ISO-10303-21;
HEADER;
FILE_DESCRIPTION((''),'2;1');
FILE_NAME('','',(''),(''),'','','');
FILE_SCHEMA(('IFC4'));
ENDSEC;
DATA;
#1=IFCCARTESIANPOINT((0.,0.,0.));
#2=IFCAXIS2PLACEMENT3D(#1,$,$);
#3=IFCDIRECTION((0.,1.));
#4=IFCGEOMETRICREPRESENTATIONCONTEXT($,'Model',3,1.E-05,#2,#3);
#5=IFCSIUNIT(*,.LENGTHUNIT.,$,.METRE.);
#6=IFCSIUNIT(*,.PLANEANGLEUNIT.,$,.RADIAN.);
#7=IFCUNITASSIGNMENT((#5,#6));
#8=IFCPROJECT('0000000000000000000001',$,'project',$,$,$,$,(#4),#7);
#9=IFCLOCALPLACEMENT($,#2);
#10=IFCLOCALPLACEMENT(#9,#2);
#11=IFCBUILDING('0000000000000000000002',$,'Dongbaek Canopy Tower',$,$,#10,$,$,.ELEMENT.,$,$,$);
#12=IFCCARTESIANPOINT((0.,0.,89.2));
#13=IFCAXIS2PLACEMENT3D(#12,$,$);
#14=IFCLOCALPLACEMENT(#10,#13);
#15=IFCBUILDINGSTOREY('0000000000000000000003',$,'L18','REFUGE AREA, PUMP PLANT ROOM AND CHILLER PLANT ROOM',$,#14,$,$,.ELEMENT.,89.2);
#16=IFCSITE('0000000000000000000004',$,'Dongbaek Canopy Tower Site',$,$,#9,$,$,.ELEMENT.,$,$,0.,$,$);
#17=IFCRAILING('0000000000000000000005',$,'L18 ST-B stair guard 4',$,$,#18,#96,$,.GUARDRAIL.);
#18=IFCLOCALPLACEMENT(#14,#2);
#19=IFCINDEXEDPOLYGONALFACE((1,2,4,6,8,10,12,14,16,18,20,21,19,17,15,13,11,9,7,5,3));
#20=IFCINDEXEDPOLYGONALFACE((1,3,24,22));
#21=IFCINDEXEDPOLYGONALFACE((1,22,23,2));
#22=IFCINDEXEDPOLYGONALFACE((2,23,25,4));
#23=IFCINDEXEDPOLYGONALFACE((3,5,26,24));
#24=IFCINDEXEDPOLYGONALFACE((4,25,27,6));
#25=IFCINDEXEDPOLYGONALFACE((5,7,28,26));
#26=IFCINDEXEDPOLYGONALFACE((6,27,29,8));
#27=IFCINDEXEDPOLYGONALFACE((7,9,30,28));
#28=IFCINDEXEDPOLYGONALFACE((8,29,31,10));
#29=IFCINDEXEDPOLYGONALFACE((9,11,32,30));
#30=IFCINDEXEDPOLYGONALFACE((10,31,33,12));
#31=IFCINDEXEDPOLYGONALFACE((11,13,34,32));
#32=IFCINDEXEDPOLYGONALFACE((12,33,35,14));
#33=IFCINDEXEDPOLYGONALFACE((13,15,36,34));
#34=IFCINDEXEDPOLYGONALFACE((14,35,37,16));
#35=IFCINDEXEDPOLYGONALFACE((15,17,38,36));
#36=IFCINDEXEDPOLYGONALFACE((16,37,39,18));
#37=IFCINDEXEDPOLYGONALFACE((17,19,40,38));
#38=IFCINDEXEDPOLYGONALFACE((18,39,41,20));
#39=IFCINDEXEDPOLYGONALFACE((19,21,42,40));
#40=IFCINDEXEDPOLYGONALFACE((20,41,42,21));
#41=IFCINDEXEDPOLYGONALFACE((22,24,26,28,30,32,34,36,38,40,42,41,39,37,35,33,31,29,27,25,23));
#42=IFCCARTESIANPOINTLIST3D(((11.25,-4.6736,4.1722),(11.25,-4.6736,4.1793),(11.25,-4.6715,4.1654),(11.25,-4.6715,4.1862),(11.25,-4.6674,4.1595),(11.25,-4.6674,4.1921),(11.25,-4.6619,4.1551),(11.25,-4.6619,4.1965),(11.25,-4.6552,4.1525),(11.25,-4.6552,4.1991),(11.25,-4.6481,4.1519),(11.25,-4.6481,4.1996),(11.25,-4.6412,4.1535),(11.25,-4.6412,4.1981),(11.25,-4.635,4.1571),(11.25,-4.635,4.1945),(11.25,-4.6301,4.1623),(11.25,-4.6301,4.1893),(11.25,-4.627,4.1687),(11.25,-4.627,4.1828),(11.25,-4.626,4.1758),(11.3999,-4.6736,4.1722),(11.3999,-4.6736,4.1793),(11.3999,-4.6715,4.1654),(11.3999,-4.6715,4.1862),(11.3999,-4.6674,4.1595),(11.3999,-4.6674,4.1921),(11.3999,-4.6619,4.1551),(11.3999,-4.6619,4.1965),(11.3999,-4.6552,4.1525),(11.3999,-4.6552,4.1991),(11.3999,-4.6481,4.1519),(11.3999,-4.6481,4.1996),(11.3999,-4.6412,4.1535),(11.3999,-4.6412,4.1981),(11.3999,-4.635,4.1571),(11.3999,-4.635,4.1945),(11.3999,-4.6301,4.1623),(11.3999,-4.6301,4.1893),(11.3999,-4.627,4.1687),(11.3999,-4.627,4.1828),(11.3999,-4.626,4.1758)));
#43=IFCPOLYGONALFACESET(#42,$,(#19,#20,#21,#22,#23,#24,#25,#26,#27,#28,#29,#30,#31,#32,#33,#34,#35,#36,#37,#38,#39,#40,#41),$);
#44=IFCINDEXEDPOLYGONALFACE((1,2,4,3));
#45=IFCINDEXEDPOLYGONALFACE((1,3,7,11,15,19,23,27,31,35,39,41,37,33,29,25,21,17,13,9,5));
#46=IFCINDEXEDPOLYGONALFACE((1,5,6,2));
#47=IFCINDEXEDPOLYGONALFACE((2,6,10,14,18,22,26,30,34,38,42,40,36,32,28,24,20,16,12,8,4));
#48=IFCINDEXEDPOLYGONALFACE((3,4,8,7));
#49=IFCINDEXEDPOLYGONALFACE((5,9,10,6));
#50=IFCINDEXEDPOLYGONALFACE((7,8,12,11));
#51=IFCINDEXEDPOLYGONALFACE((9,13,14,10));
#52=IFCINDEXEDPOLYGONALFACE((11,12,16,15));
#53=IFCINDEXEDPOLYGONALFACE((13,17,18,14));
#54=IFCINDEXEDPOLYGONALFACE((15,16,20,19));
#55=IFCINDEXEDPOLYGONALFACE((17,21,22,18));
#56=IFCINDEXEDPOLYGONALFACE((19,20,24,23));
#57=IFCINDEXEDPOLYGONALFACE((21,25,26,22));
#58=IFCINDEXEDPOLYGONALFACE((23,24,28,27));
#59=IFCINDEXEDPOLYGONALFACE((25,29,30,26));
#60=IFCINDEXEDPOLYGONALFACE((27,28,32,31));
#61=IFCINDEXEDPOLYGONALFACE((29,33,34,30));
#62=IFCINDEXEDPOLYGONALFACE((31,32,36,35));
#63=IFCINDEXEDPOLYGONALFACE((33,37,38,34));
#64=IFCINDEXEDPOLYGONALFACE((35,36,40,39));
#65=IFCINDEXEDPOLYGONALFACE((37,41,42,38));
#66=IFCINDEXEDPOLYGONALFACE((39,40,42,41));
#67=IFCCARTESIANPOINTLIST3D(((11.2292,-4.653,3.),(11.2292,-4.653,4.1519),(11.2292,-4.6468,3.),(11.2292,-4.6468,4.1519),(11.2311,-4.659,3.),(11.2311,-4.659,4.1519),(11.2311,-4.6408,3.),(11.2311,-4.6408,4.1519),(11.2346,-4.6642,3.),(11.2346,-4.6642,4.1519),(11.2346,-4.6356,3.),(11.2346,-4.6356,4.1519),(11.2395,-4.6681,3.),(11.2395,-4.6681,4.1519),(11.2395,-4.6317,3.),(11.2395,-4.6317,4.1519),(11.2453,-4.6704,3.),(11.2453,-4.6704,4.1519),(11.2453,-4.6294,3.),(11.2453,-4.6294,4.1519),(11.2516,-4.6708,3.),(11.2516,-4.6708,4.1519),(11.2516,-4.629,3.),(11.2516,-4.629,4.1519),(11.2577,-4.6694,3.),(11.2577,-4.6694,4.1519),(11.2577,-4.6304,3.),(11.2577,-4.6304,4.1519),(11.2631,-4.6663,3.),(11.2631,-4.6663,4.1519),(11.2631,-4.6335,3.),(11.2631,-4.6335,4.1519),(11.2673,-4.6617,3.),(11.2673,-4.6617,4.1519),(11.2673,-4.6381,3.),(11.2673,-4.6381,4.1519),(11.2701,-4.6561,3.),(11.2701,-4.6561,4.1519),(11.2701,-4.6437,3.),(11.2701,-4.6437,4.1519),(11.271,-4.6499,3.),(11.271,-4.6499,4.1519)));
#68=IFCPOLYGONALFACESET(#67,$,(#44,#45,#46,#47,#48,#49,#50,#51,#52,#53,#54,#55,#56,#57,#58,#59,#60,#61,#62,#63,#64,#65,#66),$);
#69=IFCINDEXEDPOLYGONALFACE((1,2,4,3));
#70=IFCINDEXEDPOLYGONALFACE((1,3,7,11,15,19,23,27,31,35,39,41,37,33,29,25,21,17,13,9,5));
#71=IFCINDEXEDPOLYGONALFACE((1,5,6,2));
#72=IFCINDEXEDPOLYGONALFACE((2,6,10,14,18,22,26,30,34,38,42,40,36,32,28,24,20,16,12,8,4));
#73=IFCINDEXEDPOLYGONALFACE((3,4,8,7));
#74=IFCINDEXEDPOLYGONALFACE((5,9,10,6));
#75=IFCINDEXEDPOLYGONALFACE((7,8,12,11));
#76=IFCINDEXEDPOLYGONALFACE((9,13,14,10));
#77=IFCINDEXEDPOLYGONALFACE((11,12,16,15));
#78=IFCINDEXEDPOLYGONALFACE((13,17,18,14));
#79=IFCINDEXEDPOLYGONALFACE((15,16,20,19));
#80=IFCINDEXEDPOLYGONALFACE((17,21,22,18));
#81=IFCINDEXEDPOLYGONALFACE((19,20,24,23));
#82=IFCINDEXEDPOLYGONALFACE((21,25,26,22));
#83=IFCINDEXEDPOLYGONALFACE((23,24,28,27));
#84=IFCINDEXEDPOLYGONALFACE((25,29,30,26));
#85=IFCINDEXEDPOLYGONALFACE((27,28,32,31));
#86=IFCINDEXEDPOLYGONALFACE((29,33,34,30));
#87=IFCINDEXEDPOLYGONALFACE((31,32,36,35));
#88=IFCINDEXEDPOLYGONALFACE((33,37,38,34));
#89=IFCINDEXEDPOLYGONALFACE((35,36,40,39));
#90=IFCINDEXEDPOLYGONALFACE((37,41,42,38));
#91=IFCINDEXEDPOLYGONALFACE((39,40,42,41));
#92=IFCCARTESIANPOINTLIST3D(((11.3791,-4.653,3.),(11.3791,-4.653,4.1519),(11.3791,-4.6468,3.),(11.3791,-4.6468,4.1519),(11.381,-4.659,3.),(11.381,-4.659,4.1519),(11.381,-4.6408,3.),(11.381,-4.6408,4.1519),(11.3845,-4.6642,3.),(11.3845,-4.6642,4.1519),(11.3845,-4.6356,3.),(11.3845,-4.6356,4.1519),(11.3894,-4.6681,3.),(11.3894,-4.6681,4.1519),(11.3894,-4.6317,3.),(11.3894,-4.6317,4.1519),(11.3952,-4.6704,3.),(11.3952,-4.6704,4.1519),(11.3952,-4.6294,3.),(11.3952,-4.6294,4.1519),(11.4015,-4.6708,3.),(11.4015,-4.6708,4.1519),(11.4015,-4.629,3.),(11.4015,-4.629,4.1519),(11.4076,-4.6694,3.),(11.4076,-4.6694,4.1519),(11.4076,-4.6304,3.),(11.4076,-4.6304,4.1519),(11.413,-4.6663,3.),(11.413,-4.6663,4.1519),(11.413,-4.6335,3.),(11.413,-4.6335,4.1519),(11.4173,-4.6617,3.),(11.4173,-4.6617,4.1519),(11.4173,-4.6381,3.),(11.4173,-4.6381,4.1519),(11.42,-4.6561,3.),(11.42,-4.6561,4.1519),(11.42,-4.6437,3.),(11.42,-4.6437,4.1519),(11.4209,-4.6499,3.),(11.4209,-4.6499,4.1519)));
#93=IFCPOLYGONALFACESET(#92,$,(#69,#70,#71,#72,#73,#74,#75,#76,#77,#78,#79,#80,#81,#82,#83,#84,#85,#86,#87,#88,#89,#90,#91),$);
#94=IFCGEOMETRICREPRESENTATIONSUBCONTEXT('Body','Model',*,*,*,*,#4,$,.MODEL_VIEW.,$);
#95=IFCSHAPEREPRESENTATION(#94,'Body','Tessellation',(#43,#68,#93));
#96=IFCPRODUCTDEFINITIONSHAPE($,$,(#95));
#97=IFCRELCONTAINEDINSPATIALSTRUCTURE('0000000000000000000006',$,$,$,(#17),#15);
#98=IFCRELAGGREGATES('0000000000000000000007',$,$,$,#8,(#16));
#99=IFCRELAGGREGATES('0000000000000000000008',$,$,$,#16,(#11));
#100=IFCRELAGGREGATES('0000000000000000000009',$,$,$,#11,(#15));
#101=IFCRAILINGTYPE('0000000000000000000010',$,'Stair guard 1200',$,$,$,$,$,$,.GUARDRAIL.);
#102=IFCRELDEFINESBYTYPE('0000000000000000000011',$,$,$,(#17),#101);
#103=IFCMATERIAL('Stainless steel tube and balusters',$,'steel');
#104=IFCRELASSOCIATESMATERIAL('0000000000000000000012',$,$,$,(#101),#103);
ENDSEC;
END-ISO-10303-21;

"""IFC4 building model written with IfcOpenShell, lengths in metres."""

from ifc_helpers import new_model, si_unit, direction, frame, origin, origin_2d, place, context, subcontext, project, spatial, circle, extrude, material, type_object, element, save


model = new_model("IFC4")

# Units and contexts
model_context = context("Model", 3, precision=1e-05, world=origin(), true_north=direction((0.0, 1.0)))
body_context = subcontext(model_context, "Body", "Model", "MODEL_VIEW")
ifc_project = project(units=[si_unit("LENGTHUNIT", "METRE"), si_unit("PLANEANGLEUNIT", "RADIAN")], contexts=[model_context])

# Site, building, storey
site_placement = place(None, origin())
site = spatial("IfcSite", under=ifc_project, at=site_placement, Name="Dongbaek Canopy Tower Site", CompositionType="ELEMENT", RefElevation=0.0)
building_placement = place(site_placement, origin())
building = spatial("IfcBuilding", under=site, at=building_placement, Name="Dongbaek Canopy Tower", CompositionType="ELEMENT")
storey_placement = place(building_placement, frame((0.0, 0.0, 89.2)))
storey = spatial("IfcBuildingStorey", under=building, at=storey_placement, Name="L18", Description="REFUGE AREA, PUMP PLANT ROOM AND CHILLER PLANT ROOM", CompositionType="ELEMENT", Elevation=89.2)

# Railing
ifc_material_1 = material(Name="Stainless steel tube and balusters", Category="steel")
railing_type_1 = type_object("IfcRailingType", Name="Stair guard 1200", PredefinedType="GUARDRAIL", material=ifc_material_1)
railing_1_placement = place(storey_placement, frame((11.25, -4.6499, 3.0)))
element("IfcRailing", 1, at=railing_1_placement, inside=storey, type_object=railing_type_1, Name="L18 ST-B stair guard 4", PredefinedType="GUARDRAIL", context=body_context, shape_type="SweptSolid", body=[
    extrude(circle(Radius=0.0239, at=origin_2d()), frame((0.0, 0.0, 1.1758), z_axis=(1.0, 0.0, 0.0), x_axis=(0.0, 1.0, 0.0)), (0.0, 0.0, 1.0), 0.1499),
    extrude(circle(Radius=0.021, at=origin_2d()), origin(), (0.0, 0.0, 1.0), 1.1519),
    extrude(circle(Radius=0.021, at=origin_2d()), frame((0.1499, 0.0, 0.0)), (0.0, 0.0, 1.0), 1.1519),
])

save(model, "model.ifc")
